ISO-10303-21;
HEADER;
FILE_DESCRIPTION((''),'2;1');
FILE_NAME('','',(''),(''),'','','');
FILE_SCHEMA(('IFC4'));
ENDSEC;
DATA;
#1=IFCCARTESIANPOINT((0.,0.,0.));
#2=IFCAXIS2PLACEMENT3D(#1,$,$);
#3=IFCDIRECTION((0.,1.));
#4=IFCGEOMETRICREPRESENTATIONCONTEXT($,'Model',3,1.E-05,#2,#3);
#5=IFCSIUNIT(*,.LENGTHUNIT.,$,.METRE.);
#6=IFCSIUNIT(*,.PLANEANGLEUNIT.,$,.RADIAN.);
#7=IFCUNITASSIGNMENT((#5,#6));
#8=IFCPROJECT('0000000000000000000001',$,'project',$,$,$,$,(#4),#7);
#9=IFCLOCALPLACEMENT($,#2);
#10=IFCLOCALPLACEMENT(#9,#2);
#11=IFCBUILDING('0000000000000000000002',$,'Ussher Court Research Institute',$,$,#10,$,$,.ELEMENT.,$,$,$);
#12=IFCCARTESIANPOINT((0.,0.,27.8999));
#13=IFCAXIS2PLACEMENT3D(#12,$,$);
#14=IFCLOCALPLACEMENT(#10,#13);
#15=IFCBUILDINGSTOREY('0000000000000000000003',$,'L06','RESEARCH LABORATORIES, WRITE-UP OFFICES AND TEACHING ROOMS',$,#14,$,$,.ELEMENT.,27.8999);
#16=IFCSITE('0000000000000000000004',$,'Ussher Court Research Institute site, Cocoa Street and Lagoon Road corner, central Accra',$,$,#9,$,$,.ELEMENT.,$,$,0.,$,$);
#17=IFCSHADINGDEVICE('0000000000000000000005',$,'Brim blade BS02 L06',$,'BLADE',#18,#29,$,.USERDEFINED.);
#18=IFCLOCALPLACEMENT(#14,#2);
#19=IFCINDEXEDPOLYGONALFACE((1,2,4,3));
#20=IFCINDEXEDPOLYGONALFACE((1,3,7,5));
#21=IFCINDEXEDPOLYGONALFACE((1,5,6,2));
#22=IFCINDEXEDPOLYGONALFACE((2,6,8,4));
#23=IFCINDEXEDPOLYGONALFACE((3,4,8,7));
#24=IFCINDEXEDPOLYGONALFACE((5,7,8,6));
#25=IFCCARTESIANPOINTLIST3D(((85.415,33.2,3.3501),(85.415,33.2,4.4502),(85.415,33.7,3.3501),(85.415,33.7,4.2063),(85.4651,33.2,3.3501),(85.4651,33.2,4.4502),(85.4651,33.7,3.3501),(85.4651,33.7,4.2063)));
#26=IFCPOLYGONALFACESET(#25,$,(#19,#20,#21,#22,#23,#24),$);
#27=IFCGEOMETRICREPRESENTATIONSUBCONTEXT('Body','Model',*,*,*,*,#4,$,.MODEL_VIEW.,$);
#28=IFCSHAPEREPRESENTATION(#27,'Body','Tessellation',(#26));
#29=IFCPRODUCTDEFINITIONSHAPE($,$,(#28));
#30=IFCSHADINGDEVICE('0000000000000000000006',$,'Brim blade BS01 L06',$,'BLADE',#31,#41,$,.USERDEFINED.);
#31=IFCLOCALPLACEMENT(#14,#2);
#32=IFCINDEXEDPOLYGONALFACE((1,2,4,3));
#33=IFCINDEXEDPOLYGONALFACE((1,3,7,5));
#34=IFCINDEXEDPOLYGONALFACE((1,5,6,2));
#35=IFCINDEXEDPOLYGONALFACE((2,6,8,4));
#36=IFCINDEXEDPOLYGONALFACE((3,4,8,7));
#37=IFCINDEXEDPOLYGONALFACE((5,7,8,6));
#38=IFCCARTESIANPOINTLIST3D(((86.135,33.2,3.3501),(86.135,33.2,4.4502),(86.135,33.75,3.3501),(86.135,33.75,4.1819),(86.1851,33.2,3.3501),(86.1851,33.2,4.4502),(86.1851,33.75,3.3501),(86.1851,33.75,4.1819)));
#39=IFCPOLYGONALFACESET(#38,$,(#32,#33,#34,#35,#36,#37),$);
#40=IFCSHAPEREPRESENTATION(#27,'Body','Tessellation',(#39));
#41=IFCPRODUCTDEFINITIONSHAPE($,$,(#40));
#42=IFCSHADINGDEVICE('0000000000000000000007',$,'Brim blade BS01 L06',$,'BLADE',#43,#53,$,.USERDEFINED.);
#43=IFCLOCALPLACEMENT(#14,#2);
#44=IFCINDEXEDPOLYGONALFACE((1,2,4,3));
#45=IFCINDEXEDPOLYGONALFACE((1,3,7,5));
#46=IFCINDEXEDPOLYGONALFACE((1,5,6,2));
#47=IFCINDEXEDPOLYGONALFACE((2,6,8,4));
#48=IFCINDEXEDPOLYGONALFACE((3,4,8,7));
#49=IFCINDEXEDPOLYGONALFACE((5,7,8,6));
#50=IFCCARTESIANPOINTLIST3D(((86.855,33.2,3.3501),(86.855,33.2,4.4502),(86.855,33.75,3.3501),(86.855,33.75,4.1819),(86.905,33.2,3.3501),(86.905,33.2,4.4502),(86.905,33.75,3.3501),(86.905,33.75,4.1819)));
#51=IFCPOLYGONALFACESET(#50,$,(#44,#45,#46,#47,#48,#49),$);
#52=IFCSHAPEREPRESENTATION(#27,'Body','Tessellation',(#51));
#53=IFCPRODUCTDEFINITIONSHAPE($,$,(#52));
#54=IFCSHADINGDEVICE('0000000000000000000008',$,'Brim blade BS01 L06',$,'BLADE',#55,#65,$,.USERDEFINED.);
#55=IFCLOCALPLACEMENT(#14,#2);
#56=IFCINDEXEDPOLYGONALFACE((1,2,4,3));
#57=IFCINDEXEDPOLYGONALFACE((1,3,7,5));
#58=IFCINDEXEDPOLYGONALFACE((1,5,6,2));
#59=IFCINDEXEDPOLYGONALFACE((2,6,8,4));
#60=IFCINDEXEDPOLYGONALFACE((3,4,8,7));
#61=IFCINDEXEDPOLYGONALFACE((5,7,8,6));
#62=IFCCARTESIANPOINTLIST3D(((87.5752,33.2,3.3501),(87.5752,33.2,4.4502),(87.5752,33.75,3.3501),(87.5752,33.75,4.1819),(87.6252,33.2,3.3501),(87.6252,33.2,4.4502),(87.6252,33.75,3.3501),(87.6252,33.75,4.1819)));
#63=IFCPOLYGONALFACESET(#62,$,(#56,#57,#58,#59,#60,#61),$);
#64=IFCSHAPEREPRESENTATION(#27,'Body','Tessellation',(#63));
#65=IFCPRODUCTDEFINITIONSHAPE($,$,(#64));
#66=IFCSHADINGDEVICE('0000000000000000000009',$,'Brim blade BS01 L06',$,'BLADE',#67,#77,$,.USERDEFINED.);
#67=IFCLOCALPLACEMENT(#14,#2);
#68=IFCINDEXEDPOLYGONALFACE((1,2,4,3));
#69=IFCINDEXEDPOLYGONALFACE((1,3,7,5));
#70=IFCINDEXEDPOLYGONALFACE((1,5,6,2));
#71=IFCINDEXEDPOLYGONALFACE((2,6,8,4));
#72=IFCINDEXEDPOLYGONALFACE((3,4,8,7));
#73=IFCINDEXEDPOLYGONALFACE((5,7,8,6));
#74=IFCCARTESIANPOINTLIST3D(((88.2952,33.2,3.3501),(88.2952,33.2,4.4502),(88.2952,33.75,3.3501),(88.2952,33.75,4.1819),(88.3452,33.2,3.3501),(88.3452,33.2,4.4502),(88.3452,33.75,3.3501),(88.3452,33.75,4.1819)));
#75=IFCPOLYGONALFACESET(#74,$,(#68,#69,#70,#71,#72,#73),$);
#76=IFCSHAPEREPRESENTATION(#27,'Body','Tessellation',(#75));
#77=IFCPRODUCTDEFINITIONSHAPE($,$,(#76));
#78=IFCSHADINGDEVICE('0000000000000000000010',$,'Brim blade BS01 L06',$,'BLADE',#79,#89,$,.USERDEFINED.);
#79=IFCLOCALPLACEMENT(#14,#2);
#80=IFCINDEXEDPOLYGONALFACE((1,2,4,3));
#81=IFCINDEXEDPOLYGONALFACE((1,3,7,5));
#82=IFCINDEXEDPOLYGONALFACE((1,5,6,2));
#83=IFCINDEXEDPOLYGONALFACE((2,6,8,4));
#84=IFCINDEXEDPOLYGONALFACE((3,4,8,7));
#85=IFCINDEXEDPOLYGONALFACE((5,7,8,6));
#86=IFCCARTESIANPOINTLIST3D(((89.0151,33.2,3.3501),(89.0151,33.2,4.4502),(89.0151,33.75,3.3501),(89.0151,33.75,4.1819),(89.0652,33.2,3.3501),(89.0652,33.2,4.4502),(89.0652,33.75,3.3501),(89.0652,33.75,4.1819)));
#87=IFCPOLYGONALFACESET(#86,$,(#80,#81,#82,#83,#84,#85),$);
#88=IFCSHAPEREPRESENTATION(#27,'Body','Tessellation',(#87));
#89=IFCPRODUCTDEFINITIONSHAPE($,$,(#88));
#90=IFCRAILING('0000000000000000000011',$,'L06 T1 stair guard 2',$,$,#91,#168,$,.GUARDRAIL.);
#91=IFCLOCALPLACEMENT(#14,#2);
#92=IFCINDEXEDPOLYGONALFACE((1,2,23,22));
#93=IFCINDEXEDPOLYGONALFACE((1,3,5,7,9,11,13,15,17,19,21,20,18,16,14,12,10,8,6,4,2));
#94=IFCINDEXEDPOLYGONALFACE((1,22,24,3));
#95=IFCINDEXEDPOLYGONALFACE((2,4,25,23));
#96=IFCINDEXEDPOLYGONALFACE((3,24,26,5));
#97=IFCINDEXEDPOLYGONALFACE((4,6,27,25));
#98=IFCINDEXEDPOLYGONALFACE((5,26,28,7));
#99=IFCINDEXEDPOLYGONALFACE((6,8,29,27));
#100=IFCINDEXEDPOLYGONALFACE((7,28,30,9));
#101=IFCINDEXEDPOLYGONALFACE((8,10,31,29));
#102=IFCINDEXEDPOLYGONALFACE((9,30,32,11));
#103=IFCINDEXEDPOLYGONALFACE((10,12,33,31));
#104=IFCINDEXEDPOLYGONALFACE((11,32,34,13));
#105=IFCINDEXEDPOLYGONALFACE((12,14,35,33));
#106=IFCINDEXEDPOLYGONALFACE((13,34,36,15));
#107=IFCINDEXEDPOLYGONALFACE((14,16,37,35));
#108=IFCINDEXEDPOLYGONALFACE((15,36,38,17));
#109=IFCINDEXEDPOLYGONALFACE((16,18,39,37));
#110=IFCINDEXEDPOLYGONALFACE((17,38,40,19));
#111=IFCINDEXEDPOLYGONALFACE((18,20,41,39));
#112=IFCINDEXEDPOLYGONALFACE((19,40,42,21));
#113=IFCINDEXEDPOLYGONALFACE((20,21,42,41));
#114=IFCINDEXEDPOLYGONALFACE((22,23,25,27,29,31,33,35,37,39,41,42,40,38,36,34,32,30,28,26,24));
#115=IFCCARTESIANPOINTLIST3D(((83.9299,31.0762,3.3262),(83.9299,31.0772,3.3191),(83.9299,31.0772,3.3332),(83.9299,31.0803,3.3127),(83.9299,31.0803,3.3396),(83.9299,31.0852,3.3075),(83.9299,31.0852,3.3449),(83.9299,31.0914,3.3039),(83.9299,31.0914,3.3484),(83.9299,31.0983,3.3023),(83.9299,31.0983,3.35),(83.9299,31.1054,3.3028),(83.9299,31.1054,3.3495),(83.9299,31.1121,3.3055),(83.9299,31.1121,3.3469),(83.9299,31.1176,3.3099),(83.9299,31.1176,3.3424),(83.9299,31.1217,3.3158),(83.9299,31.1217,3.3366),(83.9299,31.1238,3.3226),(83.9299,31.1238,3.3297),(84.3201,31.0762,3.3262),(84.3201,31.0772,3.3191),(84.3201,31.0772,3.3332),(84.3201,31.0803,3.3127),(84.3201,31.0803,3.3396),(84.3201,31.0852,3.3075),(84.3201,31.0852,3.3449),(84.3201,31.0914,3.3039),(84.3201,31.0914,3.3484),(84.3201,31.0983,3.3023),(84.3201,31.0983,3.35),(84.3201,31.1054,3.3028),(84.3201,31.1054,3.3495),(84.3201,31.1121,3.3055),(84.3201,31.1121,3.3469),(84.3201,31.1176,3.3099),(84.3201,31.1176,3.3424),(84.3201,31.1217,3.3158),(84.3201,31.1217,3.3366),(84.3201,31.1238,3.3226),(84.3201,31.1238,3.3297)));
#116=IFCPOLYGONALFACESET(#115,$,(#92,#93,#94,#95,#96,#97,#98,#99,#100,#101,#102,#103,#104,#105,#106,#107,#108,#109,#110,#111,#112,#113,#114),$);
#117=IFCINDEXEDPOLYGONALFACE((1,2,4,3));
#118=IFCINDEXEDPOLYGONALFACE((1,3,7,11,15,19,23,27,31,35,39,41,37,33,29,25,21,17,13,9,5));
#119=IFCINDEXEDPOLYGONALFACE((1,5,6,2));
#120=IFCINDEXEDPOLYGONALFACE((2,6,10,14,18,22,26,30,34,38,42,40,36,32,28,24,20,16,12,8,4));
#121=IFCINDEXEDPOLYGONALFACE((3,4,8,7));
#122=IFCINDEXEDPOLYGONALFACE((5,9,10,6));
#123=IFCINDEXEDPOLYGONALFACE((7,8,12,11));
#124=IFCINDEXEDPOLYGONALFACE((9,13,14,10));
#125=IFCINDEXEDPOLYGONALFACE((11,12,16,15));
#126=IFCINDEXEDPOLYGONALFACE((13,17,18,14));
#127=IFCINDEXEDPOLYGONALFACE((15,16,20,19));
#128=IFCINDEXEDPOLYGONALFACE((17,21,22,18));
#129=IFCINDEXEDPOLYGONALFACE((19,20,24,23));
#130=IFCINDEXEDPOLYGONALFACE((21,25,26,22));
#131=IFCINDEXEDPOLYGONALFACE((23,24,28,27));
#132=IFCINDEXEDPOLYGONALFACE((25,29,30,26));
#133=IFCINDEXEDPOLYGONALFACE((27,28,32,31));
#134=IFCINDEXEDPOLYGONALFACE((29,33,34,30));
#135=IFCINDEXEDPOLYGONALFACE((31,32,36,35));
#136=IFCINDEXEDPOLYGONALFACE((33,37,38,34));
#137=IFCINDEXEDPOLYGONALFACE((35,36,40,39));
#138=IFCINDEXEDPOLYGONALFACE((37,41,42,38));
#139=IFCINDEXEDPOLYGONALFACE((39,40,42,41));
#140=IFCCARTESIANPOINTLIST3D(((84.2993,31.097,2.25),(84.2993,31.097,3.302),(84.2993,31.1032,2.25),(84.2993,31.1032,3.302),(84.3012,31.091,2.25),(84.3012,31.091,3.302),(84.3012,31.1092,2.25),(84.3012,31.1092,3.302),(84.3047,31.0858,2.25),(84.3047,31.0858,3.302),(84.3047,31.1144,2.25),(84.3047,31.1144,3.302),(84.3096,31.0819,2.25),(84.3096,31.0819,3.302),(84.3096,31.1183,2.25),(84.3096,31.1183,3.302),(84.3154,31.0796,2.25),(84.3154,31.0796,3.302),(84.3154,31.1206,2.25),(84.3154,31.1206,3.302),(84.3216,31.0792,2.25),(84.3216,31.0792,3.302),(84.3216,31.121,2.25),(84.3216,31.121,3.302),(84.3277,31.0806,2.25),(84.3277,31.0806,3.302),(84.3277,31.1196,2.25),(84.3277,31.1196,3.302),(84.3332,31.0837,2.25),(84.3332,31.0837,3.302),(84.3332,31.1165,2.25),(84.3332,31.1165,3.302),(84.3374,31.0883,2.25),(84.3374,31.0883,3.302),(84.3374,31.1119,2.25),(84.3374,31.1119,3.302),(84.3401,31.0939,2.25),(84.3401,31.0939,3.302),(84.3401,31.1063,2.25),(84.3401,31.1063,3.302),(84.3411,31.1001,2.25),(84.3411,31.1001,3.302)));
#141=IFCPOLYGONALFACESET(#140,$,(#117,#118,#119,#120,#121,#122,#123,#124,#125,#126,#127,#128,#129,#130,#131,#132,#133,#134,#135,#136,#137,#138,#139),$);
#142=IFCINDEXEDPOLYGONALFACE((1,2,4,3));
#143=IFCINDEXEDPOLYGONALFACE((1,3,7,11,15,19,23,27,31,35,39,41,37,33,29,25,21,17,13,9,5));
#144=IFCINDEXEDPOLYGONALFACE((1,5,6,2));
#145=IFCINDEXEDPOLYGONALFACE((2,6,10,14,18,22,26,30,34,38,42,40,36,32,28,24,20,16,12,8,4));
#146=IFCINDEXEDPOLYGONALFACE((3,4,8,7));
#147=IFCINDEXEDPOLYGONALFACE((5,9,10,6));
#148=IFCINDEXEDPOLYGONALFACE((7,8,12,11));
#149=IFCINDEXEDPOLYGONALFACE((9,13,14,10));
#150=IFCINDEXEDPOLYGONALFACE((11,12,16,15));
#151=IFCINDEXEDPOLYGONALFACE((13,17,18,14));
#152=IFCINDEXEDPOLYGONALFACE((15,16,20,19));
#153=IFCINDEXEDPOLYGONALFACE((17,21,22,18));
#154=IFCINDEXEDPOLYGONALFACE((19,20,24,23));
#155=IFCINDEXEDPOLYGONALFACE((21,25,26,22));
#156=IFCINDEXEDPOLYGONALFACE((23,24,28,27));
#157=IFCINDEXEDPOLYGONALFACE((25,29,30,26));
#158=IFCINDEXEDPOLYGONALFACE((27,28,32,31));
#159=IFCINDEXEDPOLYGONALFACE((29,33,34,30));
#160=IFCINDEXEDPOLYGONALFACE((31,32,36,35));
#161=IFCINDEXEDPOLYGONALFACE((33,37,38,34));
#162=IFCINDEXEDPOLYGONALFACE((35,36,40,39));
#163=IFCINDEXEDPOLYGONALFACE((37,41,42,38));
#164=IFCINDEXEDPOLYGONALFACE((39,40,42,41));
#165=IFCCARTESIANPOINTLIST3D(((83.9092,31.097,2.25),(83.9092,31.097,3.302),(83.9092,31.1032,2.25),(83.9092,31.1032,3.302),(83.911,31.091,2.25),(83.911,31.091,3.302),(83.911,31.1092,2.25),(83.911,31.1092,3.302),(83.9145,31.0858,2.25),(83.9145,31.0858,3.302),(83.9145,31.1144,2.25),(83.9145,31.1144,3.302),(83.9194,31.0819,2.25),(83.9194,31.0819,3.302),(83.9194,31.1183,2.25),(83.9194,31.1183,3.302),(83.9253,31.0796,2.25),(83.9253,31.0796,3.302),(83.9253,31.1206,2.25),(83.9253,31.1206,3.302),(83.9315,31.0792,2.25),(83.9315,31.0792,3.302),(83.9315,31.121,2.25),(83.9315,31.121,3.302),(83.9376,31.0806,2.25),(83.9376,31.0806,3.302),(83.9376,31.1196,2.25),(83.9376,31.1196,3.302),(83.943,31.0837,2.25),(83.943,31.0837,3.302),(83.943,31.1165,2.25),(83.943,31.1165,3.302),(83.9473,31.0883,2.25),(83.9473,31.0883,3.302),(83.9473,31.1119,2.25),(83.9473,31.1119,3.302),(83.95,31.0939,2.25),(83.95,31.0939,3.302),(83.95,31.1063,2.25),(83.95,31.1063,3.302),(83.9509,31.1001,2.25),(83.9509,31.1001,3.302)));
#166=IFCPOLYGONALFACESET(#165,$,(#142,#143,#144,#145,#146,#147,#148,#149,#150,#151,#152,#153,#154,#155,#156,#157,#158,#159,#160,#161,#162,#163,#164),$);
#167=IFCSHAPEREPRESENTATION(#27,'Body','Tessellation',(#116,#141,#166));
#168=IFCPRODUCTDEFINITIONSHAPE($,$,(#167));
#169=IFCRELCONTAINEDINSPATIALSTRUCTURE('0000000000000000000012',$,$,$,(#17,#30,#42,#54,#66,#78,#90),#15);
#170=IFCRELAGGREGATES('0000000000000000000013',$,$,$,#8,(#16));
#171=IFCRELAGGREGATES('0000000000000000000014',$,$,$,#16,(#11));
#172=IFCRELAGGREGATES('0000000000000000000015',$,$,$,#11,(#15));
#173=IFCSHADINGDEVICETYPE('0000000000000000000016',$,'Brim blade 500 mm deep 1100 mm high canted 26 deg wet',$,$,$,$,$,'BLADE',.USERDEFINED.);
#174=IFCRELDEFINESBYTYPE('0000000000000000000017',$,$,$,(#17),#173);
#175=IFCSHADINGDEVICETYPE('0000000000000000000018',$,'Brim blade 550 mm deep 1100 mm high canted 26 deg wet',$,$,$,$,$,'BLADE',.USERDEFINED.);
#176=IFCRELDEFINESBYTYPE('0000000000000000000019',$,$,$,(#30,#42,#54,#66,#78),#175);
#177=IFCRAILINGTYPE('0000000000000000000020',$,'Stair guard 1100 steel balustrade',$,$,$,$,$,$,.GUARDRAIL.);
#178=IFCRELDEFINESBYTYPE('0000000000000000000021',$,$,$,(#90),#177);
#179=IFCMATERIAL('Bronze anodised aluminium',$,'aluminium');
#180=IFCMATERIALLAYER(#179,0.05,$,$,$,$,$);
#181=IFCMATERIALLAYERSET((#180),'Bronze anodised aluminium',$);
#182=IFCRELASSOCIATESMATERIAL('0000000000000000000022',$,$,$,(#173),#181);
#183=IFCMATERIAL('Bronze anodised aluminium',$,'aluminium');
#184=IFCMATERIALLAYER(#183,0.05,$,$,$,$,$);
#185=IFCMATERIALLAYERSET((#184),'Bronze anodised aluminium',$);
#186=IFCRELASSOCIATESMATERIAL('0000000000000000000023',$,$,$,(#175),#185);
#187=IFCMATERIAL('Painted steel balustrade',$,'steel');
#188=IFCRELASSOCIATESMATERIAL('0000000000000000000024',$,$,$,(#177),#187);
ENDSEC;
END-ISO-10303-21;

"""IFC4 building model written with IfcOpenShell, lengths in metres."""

from ifc_helpers import new_model, si_unit, direction, frame, origin, origin_2d, place, context, subcontext, project, spatial, polyline, circle, outline, extrude, material, layer, layer_set, type_object, element, save


model = new_model("IFC4")

# Units and contexts
model_context = context("Model", 3, precision=1e-05, world=origin(), true_north=direction((0.0, 1.0)))
body_context = subcontext(model_context, "Body", "Model", "MODEL_VIEW")
ifc_project = project(units=[si_unit("LENGTHUNIT", "METRE"), si_unit("PLANEANGLEUNIT", "RADIAN")], contexts=[model_context])

# Site, building, storey
site_placement = place(None, origin())
site = spatial("IfcSite", under=ifc_project, at=site_placement, Name="Ussher Court Research Institute site, Cocoa Street and Lagoon Road corner, central Accra", CompositionType="ELEMENT", RefElevation=0.0)
building_placement = place(site_placement, origin())
building = spatial("IfcBuilding", under=site, at=building_placement, Name="Ussher Court Research Institute", CompositionType="ELEMENT")
storey_placement = place(building_placement, frame((0.0, 0.0, 27.8999)))
storey = spatial("IfcBuildingStorey", under=building, at=storey_placement, Name="L06", Description="RESEARCH LABORATORIES, WRITE-UP OFFICES AND TEACHING ROOMS", CompositionType="ELEMENT", Elevation=27.8999)

# Shading devices
ifc_material_1 = material(Name="Bronze anodised aluminium", Category="aluminium")
ifc_layer_1 = layer(ifc_material_1, 0.05)
ifc_layer_set_1 = layer_set([ifc_layer_1], Name="Bronze anodised aluminium")
shading_device_type_1 = type_object("IfcShadingDeviceType", Name="Brim blade 500 mm deep 1100 mm high canted 26 deg wet", ElementType="BLADE", PredefinedType="USERDEFINED", material=ifc_layer_set_1)
shading_device_placement = place(storey_placement, frame((85.4399, 33.2, 3.3501), z_axis=(0.0, 0.0, 1.0), x_axis=(0.0, 1.0, 0.0)))
element("IfcShadingDevice", 1, at=shading_device_placement, inside=storey, type_object=shading_device_type_1, Name="Brim blade BS02 L06", ObjectType="BLADE", PredefinedType="USERDEFINED", context=body_context, shape_type="SweptSolid", body=[
    extrude(outline(polyline([(0.0, 0.0), (0.5, 0.0), (0.5, 0.8562), (0.0, 1.1001), (0.0, 0.0)])), frame((0.0, 0.0249, 0.0), z_axis=(0.0, -1.0, 0.0), x_axis=(1.0, 0.0, 0.0)), (0.0, 0.0, 1.0), 0.05),
])
ifc_material_2 = material(Name="Bronze anodised aluminium", Category="aluminium")
ifc_layer_2 = layer(ifc_material_2, 0.05)
ifc_layer_set_2 = layer_set([ifc_layer_2], Name="Bronze anodised aluminium")
shading_device_type_2 = type_object("IfcShadingDeviceType", Name="Brim blade 550 mm deep 1100 mm high canted 26 deg wet", ElementType="BLADE", PredefinedType="USERDEFINED", material=ifc_layer_set_2)
for number, where, z_axis, x_axis, name in (
    (2, (86.1599, 33.2, 3.3501), (0.0, 0.0, 1.0), (0.0, 1.0, 0.0), "Brim blade BS01 L06"),
    (3, (86.8799, 33.2, 3.3501), (0.0, 0.0, 1.0), (0.0, 1.0, 0.0), "Brim blade BS01 L06"),
    (4, (87.6001, 33.2, 3.3501), (0.0, 0.0, 1.0), (0.0, 1.0, 0.0), "Brim blade BS01 L06"),
    (5, (88.3201, 33.2, 3.3501), (0.0, 0.0, 1.0), (0.0, 1.0, 0.0), "Brim blade BS01 L06"),
    (6, (89.04, 33.2, 3.3501), (0.0, 0.0, 1.0), (0.0, 1.0, 0.0), "Brim blade BS01 L06"),
):
    element("IfcShadingDevice", number, at=place(storey_placement, frame(where, z_axis=z_axis, x_axis=x_axis)), inside=storey, type_object=shading_device_type_2, Name=name, ObjectType="BLADE", PredefinedType="USERDEFINED", context=body_context, shape_type="SweptSolid", body=[
        extrude(outline(polyline([(0.0, 0.0), (0.55, 0.0), (0.55, 0.8318), (0.0, 1.1001), (0.0, 0.0)])), frame((0.0, 0.0249, 0.0), z_axis=(0.0, -1.0, 0.0), x_axis=(1.0, 0.0, 0.0)), (0.0, 0.0, 1.0), 0.05),
    ])

# Railing
ifc_material_3 = material(Name="Painted steel balustrade", Category="steel")
railing_type_1 = type_object("IfcRailingType", Name="Stair guard 1100 steel balustrade", PredefinedType="GUARDRAIL", material=ifc_material_3)
railing_1_placement = place(storey_placement, frame((84.3201, 31.1001, 2.25)))
element("IfcRailing", 7, at=railing_1_placement, inside=storey, type_object=railing_type_1, Name="L06 T1 stair guard 2", PredefinedType="GUARDRAIL", context=body_context, shape_type="SweptSolid", body=[
    extrude(circle(Radius=0.0239, at=origin_2d()), frame((0.0, 0.0, 1.0762), z_axis=(-1.0, 0.0, 0.0), x_axis=(0.0, -1.0, 0.0)), (0.0, 0.0, 1.0), 0.3901),
    extrude(circle(Radius=0.021, at=origin_2d()), origin(), (0.0, 0.0, 1.0), 1.052),
    extrude(circle(Radius=0.021, at=origin_2d()), frame((-0.3901, 0.0, 0.0)), (0.0, 0.0, 1.0), 1.052),
])

save(model, "model.ifc")
